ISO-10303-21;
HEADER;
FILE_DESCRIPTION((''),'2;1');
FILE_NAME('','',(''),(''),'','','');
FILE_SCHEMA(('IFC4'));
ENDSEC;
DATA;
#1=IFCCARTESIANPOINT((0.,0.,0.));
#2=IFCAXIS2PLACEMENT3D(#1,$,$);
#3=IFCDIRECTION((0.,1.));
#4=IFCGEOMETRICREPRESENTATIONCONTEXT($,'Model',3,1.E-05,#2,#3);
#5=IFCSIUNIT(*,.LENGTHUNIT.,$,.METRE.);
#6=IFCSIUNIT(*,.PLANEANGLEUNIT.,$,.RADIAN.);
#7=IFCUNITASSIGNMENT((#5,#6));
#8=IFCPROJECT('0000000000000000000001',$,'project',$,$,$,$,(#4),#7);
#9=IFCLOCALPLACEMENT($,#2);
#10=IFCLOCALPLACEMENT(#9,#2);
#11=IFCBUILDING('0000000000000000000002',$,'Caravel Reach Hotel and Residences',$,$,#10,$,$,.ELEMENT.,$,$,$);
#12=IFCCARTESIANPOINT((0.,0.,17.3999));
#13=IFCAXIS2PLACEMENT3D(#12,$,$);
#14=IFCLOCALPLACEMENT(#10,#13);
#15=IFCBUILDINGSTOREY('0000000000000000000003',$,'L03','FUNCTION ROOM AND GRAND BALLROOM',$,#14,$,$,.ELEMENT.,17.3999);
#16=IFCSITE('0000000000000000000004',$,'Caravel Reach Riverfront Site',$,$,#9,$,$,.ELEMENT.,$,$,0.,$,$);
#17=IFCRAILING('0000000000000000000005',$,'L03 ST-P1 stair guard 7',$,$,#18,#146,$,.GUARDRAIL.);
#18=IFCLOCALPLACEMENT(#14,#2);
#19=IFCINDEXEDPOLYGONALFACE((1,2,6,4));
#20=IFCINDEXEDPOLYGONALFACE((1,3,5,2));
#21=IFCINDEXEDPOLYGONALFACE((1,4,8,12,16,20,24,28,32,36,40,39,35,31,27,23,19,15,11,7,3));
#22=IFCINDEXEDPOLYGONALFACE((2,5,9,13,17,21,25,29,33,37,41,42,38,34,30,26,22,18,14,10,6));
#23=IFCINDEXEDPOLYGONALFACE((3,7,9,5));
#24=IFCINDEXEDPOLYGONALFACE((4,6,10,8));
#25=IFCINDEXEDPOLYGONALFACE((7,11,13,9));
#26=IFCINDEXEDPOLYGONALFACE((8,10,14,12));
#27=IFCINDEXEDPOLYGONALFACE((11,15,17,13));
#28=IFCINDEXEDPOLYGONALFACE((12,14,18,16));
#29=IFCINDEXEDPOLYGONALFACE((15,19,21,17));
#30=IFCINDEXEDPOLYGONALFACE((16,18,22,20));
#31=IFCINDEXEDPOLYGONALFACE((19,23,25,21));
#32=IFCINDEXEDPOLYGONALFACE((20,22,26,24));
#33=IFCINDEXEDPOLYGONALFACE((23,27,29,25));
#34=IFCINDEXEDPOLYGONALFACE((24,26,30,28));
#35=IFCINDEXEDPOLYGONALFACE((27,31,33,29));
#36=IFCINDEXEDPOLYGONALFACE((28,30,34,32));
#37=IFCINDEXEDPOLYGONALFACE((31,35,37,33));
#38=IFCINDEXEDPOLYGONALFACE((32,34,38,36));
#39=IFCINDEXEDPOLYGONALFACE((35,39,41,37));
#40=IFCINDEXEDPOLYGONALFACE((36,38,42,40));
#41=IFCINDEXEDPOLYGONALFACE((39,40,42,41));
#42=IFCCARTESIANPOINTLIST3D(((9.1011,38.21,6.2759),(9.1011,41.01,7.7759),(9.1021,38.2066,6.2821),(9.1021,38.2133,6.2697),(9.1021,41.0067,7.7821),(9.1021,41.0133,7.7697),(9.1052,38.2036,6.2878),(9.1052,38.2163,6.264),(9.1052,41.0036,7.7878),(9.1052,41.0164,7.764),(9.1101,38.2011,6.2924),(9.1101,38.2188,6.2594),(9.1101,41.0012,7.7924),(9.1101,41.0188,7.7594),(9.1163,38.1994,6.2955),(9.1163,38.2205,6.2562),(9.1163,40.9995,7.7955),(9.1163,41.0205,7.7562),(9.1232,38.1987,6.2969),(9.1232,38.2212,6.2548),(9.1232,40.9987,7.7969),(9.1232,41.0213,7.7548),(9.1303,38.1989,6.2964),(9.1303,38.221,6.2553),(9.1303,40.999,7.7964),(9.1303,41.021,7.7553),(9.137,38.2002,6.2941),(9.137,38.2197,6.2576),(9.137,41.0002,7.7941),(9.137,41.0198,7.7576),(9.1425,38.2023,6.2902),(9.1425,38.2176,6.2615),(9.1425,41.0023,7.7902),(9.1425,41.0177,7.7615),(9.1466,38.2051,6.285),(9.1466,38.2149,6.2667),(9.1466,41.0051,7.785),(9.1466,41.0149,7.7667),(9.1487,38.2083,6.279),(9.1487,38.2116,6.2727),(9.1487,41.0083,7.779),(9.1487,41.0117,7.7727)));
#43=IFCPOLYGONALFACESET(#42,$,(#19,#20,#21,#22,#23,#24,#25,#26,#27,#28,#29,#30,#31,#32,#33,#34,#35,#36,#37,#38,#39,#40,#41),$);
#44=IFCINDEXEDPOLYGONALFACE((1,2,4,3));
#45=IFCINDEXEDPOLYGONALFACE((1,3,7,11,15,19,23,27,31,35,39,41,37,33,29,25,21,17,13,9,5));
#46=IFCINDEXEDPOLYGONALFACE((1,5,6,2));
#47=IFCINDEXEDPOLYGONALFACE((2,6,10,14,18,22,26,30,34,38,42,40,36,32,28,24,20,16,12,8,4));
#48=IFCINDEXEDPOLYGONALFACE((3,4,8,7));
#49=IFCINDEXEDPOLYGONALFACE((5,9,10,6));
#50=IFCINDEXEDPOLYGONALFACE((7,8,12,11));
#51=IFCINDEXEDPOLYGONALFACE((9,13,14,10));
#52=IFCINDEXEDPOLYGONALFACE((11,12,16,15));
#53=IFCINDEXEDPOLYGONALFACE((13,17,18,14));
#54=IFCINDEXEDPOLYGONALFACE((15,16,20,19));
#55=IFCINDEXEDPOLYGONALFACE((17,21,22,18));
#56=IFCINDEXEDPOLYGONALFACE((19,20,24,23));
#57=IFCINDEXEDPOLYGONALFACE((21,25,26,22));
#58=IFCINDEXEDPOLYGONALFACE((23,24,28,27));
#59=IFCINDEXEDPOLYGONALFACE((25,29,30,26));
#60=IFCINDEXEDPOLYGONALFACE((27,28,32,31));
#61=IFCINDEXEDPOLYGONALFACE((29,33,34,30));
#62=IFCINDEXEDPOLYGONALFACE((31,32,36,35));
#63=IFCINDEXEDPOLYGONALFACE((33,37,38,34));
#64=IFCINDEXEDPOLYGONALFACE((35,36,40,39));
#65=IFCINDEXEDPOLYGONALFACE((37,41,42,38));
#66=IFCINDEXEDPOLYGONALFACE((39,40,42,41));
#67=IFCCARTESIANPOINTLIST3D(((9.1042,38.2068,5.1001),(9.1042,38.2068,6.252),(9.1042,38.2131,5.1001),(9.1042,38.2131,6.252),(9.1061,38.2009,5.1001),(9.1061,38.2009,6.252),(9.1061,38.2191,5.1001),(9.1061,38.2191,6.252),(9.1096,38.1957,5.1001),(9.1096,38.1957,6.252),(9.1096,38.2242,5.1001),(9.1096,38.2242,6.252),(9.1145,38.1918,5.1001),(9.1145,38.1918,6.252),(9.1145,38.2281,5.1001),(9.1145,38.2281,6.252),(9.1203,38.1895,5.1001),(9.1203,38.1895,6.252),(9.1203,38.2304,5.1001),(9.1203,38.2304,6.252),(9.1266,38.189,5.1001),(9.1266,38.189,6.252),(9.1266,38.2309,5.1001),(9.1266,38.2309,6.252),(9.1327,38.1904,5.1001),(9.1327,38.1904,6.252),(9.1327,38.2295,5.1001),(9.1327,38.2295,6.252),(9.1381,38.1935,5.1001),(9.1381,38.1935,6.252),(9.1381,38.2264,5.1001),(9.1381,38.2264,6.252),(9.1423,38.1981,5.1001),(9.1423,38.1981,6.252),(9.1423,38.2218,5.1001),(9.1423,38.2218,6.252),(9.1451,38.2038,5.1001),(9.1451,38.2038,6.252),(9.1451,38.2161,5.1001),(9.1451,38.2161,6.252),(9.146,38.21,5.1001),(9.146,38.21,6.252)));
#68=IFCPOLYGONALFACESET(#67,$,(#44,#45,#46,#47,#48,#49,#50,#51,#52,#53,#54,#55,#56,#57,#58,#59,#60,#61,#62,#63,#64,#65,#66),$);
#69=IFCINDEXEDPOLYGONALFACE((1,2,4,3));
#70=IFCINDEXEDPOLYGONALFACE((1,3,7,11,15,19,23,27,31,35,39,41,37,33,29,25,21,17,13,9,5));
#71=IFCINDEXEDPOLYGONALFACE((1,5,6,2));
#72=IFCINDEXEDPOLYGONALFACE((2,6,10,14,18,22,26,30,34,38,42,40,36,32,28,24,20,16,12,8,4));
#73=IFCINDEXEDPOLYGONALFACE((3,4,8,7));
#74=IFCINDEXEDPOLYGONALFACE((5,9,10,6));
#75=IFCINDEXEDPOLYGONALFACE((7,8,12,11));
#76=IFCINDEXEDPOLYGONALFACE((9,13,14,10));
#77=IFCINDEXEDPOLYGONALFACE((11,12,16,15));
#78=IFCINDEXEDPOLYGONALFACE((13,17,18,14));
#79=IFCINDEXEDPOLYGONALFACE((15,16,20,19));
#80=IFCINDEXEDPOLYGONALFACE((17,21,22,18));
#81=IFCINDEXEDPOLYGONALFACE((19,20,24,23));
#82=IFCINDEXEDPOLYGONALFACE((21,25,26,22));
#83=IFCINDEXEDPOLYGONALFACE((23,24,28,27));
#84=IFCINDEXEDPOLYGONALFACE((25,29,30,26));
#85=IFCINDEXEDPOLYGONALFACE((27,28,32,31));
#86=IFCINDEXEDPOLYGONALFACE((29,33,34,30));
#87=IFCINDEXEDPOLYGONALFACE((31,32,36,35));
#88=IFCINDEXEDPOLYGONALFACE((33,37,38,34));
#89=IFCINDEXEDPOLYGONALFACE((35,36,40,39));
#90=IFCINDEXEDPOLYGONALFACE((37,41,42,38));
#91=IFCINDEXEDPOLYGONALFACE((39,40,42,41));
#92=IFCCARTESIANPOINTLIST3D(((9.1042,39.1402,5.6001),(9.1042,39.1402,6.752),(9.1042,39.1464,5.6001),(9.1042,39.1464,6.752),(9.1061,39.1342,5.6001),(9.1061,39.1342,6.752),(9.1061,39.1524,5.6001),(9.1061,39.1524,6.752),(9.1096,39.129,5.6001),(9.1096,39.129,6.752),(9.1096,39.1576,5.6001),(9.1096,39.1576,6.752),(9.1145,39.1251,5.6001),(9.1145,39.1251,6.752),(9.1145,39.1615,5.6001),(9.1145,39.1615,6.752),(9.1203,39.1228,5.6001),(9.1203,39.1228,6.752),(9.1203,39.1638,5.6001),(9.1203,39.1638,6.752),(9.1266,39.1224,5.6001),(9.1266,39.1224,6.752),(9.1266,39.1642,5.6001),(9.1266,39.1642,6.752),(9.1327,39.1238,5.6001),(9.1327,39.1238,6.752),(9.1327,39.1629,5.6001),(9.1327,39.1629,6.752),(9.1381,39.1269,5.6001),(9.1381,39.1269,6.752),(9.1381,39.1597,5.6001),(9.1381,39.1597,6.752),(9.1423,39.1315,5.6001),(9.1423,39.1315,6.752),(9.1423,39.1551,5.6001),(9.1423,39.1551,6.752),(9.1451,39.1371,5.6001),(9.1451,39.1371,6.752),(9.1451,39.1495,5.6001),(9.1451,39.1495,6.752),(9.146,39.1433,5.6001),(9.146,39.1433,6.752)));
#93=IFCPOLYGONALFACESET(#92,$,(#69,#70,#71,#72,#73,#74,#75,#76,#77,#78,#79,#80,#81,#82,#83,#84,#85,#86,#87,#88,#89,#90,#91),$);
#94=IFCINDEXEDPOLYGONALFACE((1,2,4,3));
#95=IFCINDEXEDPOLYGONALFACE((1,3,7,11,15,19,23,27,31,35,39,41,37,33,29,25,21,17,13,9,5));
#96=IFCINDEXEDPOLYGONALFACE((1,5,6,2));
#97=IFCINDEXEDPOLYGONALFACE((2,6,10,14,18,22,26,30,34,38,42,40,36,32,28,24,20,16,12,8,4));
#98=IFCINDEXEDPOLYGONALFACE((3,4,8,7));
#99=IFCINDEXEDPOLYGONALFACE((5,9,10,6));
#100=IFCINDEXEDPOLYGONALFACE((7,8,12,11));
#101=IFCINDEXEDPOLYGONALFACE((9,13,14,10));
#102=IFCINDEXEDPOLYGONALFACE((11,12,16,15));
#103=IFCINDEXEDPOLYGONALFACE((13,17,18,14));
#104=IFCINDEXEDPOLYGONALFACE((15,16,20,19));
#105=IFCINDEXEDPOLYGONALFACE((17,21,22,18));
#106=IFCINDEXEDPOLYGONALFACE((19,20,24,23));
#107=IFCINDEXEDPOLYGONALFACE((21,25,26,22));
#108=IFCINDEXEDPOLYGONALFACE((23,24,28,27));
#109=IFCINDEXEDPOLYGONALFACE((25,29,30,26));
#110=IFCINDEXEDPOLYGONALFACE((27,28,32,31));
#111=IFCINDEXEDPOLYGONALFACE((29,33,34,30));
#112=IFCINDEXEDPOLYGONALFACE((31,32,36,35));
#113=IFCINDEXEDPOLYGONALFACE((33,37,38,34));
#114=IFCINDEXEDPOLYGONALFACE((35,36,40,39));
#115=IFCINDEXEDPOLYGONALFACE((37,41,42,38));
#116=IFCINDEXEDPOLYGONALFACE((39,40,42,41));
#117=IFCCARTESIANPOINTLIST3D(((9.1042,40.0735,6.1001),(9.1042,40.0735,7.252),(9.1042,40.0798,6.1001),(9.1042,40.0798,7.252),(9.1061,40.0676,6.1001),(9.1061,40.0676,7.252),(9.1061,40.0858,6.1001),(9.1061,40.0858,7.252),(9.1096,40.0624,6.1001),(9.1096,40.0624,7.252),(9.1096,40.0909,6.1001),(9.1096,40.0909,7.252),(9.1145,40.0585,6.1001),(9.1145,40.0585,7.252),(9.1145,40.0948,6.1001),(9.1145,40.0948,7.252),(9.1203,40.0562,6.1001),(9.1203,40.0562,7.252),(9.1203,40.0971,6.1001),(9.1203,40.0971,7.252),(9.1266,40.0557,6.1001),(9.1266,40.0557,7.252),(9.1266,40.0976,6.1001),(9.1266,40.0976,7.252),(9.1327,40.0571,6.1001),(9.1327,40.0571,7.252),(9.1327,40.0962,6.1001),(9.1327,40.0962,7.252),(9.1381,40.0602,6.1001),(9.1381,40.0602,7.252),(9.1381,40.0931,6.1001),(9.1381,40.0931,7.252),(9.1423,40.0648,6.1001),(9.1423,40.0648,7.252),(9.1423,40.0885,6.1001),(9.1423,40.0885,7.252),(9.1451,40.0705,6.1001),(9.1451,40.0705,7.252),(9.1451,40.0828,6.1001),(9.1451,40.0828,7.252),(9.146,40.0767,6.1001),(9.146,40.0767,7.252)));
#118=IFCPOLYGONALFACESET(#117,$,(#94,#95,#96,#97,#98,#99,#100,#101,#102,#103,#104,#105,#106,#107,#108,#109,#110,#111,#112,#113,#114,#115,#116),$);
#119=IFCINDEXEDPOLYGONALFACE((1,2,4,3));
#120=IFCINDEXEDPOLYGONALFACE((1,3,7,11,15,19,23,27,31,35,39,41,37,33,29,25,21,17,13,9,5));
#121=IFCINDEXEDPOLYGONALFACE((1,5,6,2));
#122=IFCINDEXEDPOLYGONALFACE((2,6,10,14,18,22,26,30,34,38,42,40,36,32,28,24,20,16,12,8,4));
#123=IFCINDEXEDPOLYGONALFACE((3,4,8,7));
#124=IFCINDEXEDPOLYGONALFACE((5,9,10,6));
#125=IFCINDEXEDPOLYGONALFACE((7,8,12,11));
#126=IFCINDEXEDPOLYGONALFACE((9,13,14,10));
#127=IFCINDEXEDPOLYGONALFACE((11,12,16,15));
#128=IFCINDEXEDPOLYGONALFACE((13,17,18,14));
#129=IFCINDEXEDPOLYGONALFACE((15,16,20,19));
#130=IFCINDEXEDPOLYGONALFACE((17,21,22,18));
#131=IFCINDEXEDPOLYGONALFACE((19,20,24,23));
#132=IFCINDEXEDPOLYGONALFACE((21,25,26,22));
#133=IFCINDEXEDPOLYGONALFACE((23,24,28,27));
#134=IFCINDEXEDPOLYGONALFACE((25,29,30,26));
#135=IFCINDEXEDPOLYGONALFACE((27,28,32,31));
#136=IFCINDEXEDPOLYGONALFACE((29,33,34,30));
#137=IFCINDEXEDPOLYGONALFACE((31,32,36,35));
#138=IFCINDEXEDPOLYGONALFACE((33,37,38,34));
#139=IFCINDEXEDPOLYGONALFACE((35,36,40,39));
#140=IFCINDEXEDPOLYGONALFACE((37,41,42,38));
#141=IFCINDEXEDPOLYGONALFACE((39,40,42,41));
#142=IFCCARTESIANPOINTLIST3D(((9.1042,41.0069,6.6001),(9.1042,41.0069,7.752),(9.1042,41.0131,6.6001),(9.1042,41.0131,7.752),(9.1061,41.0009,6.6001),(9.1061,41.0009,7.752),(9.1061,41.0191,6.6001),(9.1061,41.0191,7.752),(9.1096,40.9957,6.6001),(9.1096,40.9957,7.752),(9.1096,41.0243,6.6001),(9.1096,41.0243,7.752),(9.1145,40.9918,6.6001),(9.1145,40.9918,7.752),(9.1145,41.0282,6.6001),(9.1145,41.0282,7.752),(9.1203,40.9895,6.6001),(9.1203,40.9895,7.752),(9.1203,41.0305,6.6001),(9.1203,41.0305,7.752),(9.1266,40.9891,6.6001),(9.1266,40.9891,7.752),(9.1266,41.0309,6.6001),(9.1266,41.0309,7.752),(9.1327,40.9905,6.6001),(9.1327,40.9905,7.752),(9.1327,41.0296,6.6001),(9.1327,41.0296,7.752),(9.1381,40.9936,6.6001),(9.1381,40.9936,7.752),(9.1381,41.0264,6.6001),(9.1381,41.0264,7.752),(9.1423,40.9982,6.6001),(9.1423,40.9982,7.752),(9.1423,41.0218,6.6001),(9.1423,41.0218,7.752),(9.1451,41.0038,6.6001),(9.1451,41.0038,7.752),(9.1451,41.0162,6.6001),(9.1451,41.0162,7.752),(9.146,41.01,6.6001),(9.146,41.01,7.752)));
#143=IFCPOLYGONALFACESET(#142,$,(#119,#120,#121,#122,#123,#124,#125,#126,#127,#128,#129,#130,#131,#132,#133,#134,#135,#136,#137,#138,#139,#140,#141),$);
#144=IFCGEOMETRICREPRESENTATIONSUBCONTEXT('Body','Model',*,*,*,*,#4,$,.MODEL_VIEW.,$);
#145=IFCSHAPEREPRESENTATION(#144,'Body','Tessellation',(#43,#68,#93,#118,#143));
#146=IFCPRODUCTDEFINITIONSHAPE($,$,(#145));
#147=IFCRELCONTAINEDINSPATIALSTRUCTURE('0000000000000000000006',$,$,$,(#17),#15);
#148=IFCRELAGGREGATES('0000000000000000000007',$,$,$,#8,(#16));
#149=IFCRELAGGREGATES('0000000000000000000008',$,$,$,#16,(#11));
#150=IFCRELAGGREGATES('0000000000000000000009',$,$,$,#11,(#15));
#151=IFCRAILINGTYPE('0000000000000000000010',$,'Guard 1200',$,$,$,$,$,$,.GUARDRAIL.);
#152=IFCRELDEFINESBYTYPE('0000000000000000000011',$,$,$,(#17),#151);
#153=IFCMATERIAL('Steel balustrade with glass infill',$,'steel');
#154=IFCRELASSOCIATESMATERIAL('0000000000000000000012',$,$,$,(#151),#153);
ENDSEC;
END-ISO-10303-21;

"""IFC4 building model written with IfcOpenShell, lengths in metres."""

from ifc_helpers import new_model, si_unit, direction, frame, origin, origin_2d, place, context, subcontext, project, spatial, circle, extrude, material, type_object, element, save


model = new_model("IFC4")

# Units and contexts
model_context = context("Model", 3, precision=1e-05, world=origin(), true_north=direction((0.0, 1.0)))
body_context = subcontext(model_context, "Body", "Model", "MODEL_VIEW")
ifc_project = project(units=[si_unit("LENGTHUNIT", "METRE"), si_unit("PLANEANGLEUNIT", "RADIAN")], contexts=[model_context])

# Site, building, storey
site_placement = place(None, origin())
site = spatial("IfcSite", under=ifc_project, at=site_placement, Name="Caravel Reach Riverfront Site", CompositionType="ELEMENT", RefElevation=0.0)
building_placement = place(site_placement, origin())
building = spatial("IfcBuilding", under=site, at=building_placement, Name="Caravel Reach Hotel and Residences", CompositionType="ELEMENT")
storey_placement = place(building_placement, frame((0.0, 0.0, 17.3999)))
storey = spatial("IfcBuildingStorey", under=building, at=storey_placement, Name="L03", Description="FUNCTION ROOM AND GRAND BALLROOM", CompositionType="ELEMENT", Elevation=17.3999)

# Railing
ifc_material_1 = material(Name="Steel balustrade with glass infill", Category="steel")
railing_type_1 = type_object("IfcRailingType", Name="Guard 1200", PredefinedType="GUARDRAIL", material=ifc_material_1)
railing_1_placement = place(storey_placement, frame((9.125, 38.21, 5.1001)))
element("IfcRailing", 1, at=railing_1_placement, inside=storey, type_object=railing_type_1, Name="L03 ST-P1 stair guard 7", PredefinedType="GUARDRAIL", context=body_context, shape_type="SweptSolid", body=[
    extrude(circle(Radius=0.0239, at=origin_2d()), frame((0.0, 0.0, 1.1758), z_axis=(0.0, 0.881483, 0.472215), x_axis=(-1.0, 0.0, 0.0)), (0.0, 0.0, 1.0), 3.1765),
    extrude(circle(Radius=0.021, at=origin_2d()), origin(), (0.0, 0.0, 1.0), 1.1519),
    extrude(circle(Radius=0.021, at=origin_2d()), frame((0.0, 0.9333, 0.5)), (0.0, 0.0, 1.0), 1.1519),
    extrude(circle(Radius=0.021, at=origin_2d()), frame((0.0, 1.8667, 1.0)), (0.0, 0.0, 1.0), 1.1519),
    extrude(circle(Radius=0.021, at=origin_2d()), frame((0.0, 2.8, 1.5)), (0.0, 0.0, 1.0), 1.1519),
])

save(model, "model.ifc")
